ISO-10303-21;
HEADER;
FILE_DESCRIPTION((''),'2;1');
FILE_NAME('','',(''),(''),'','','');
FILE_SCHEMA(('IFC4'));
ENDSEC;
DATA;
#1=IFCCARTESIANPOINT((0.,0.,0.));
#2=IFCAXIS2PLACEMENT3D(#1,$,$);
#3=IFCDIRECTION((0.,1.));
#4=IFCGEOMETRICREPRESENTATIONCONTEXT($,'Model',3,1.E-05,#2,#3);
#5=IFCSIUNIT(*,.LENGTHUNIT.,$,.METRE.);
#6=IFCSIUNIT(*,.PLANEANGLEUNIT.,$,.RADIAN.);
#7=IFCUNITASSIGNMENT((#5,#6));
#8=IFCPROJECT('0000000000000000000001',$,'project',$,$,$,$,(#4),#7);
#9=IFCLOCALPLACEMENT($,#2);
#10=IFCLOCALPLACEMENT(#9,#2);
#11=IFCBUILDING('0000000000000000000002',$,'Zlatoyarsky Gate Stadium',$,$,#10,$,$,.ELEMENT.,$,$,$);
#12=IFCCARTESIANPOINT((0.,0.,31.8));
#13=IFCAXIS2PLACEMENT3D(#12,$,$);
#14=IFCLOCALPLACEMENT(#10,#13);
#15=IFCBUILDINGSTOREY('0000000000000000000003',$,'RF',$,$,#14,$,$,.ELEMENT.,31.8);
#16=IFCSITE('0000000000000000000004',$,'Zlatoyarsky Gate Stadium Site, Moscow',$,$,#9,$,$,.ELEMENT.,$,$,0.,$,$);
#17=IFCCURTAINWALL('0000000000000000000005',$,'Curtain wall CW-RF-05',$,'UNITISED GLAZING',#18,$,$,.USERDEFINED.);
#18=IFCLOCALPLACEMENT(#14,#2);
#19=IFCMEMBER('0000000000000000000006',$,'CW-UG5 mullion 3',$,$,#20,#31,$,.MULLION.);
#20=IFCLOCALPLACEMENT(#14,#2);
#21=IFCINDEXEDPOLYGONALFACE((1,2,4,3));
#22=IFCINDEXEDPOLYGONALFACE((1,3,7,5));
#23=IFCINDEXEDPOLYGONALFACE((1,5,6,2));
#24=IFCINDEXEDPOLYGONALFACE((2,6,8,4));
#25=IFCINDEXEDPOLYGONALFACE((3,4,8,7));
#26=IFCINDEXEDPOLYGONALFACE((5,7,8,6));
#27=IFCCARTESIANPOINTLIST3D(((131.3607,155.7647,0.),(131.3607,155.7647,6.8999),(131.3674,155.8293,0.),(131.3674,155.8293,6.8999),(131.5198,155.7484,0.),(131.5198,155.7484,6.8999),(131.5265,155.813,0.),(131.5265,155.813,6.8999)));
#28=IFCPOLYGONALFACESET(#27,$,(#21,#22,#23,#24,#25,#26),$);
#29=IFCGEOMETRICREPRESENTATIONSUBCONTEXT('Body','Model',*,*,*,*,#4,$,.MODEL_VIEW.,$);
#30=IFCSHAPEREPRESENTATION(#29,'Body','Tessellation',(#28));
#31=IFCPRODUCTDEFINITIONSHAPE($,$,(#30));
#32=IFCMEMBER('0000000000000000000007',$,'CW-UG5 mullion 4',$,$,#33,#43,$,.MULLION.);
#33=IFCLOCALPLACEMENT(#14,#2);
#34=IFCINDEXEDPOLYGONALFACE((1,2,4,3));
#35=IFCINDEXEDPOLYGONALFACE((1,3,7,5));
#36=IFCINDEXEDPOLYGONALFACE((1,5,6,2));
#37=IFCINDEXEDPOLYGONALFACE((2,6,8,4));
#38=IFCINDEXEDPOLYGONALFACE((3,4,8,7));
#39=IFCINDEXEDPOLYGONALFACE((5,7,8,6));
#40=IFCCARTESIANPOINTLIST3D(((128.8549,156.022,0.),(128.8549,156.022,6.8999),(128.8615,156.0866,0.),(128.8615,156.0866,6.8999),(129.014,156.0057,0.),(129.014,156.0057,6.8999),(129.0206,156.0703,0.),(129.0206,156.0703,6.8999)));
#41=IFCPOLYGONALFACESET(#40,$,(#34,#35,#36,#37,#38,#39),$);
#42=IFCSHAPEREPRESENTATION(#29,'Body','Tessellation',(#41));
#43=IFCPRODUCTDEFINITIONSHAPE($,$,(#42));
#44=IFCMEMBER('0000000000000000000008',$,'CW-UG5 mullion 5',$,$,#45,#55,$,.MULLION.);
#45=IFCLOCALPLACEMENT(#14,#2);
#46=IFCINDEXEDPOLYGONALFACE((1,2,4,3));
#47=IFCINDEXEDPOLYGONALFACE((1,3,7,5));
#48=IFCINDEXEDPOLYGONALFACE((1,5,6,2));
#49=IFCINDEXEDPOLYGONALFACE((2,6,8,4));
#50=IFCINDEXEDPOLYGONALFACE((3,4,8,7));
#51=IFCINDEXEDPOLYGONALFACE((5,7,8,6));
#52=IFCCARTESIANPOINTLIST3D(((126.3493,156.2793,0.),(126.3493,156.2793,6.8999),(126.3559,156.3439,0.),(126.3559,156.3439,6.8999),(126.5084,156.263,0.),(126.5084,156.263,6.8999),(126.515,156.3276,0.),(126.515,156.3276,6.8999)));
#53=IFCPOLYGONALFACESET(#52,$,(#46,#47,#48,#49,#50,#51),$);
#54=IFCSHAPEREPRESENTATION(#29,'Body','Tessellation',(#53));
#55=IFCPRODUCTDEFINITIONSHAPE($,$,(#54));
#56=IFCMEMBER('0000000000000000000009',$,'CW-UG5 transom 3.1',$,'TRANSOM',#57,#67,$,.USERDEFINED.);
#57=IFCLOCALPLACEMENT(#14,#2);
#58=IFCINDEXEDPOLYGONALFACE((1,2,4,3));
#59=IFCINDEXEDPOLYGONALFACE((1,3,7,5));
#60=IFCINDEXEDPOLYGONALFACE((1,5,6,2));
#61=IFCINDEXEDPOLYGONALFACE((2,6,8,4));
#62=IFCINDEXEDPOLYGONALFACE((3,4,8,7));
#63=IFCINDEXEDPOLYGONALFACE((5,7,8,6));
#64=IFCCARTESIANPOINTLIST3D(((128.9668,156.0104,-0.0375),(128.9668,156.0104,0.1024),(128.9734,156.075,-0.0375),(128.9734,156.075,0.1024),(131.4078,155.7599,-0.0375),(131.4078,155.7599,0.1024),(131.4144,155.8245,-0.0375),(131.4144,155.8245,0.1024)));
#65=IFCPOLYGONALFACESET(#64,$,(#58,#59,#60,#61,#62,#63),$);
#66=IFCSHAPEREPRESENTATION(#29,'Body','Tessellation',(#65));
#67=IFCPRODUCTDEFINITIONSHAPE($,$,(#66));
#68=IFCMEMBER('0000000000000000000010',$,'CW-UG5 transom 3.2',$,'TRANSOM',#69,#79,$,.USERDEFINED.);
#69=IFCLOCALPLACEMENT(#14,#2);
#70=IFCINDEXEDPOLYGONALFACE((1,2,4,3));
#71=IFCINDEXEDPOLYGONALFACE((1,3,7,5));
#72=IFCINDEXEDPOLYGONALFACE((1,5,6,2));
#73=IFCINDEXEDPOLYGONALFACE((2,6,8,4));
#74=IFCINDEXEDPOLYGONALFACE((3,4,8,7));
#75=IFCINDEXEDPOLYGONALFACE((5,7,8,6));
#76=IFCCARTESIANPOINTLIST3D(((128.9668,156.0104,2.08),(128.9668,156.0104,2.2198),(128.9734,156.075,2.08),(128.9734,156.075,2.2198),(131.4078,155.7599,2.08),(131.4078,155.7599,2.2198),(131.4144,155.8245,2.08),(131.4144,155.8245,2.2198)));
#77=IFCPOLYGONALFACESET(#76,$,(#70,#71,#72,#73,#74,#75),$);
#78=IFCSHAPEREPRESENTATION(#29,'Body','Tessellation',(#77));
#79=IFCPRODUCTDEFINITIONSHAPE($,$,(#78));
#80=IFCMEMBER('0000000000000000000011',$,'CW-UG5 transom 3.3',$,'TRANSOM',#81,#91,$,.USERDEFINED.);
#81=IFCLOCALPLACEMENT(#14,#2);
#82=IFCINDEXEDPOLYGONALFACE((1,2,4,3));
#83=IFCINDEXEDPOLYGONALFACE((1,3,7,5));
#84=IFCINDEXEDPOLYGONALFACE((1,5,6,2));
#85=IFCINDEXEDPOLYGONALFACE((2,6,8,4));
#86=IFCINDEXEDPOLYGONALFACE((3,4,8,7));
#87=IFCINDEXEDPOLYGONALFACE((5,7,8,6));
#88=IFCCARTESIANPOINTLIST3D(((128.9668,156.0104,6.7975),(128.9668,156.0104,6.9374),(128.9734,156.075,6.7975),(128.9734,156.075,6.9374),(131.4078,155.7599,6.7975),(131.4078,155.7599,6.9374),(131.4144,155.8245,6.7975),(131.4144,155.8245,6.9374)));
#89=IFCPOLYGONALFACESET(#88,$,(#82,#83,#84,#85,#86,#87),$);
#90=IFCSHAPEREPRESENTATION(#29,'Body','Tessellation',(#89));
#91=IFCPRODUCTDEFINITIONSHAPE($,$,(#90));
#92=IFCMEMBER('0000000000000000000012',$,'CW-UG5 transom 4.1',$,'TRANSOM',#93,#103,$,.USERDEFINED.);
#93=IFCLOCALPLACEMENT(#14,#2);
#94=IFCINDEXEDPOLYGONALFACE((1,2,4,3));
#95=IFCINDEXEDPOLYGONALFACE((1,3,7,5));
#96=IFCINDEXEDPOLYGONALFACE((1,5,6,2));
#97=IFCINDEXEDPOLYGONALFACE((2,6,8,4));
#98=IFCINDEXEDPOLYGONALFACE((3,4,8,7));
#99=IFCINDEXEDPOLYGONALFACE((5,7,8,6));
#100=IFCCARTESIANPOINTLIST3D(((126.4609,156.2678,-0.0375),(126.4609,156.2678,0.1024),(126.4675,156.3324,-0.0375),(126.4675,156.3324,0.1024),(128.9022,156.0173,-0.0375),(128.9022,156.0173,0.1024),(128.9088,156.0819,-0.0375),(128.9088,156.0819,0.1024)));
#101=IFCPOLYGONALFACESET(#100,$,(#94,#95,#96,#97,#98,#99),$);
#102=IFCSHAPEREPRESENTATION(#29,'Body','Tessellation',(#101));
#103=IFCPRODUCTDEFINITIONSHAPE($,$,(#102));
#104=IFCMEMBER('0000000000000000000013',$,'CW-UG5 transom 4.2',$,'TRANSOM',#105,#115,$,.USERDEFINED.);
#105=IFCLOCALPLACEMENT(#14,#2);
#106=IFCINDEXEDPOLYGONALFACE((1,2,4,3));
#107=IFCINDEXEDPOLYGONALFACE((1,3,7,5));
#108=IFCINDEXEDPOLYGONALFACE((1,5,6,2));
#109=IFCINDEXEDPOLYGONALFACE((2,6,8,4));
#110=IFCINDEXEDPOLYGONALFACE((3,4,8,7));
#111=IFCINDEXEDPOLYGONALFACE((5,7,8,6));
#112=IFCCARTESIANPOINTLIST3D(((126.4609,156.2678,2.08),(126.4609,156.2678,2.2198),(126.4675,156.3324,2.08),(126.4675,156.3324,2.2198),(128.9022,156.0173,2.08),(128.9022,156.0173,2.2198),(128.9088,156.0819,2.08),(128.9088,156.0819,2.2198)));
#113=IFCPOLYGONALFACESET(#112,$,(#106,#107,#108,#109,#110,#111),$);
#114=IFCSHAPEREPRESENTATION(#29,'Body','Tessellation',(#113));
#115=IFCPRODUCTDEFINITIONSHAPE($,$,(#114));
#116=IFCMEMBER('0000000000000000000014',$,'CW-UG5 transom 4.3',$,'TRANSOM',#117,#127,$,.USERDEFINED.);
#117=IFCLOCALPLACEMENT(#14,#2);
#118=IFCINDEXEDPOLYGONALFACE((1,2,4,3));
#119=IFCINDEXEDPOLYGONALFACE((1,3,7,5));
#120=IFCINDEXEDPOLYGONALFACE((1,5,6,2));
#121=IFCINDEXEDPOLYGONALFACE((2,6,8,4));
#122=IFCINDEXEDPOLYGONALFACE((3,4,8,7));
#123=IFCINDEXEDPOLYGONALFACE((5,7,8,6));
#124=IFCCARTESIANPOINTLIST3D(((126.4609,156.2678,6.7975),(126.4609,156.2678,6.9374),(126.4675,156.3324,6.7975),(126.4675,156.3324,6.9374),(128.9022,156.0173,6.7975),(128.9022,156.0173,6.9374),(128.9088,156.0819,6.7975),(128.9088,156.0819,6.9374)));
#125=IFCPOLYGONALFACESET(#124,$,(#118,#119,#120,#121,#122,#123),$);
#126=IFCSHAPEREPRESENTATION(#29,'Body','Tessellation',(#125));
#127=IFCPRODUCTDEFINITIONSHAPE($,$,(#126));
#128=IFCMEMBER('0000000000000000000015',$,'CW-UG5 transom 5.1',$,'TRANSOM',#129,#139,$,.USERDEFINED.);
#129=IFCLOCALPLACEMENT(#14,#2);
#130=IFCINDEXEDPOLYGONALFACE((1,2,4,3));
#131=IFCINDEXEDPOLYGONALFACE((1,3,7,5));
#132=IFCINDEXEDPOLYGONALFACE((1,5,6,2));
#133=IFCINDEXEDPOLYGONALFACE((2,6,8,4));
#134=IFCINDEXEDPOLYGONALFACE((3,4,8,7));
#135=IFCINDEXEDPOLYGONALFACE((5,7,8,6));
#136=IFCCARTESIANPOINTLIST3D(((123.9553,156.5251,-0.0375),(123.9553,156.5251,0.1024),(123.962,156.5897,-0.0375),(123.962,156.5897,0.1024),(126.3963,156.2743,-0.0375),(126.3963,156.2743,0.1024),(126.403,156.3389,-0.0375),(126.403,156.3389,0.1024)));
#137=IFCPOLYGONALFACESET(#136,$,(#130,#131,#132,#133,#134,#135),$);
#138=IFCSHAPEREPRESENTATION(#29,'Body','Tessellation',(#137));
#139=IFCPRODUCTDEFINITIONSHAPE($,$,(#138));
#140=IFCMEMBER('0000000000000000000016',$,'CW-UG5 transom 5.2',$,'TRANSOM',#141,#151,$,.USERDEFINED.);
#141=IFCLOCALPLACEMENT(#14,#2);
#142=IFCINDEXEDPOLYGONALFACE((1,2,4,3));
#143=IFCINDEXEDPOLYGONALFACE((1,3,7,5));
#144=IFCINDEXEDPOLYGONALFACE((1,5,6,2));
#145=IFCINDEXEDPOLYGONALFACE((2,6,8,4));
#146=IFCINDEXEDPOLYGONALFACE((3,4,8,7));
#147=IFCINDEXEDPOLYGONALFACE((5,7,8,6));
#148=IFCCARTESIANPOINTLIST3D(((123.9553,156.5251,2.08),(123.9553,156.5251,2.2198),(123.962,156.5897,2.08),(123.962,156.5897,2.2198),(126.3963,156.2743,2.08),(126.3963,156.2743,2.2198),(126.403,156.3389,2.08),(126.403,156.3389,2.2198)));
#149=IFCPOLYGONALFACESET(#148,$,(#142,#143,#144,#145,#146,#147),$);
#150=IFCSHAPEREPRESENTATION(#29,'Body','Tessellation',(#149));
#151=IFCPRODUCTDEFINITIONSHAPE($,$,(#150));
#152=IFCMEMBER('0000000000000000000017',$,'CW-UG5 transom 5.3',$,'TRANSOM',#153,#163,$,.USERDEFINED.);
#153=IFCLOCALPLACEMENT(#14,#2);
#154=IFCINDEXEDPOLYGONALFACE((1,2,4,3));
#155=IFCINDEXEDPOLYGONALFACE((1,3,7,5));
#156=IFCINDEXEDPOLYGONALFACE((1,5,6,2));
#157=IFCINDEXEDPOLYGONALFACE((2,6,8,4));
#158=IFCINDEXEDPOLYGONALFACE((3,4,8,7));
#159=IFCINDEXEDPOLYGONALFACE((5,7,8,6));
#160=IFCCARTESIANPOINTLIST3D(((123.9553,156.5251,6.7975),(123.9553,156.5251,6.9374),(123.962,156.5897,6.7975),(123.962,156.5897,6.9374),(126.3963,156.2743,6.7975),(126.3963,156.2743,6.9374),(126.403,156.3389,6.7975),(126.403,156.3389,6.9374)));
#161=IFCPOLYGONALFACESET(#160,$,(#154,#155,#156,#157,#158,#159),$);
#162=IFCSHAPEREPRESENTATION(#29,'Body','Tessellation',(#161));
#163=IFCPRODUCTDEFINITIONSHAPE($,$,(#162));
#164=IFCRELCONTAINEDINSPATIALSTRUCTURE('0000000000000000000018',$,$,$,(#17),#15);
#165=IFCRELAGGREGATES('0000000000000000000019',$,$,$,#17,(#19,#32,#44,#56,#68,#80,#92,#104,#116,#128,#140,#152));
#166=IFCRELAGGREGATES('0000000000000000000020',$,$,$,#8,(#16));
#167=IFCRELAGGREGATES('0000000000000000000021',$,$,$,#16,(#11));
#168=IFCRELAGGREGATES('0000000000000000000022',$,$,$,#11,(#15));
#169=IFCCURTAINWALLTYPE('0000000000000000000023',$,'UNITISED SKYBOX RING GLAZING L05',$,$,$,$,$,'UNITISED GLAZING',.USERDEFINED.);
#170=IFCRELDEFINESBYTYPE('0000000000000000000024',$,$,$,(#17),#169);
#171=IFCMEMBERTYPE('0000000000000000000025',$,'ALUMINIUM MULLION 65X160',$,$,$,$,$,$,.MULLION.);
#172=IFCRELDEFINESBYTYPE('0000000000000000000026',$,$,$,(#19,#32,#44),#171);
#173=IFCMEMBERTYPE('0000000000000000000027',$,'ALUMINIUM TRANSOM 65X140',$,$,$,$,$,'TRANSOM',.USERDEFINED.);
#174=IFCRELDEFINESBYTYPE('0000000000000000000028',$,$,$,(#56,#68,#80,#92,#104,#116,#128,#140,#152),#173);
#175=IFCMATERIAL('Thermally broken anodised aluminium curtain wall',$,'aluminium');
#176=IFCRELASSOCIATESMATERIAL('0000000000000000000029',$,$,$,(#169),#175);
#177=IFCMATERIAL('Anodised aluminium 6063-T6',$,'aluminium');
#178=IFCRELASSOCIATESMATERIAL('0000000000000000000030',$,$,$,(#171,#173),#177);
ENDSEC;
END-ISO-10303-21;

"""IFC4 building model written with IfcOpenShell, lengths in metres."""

from ifc_helpers import new_model, si_unit, direction, frame, origin, origin_2d, place, context, subcontext, project, spatial, rectangle, extrude, material, material_profile, profile_set, type_object, element, aggregate, save


model = new_model("IFC4")

# Units and contexts
model_context = context("Model", 3, precision=1e-05, world=origin(), true_north=direction((0.0, 1.0)))
body_context = subcontext(model_context, "Body", "Model", "MODEL_VIEW")
ifc_project = project(units=[si_unit("LENGTHUNIT", "METRE"), si_unit("PLANEANGLEUNIT", "RADIAN")], contexts=[model_context])

# Site, building, storey
site_placement = place(None, origin())
site = spatial("IfcSite", under=ifc_project, at=site_placement, Name="Zlatoyarsky Gate Stadium Site, Moscow", CompositionType="ELEMENT", RefElevation=0.0)
building_placement = place(site_placement, origin())
building = spatial("IfcBuilding", under=site, at=building_placement, Name="Zlatoyarsky Gate Stadium", CompositionType="ELEMENT")
storey_placement = place(building_placement, frame((0.0, 0.0, 31.8)))
storey = spatial("IfcBuildingStorey", under=building, at=storey_placement, Name="RF", CompositionType="ELEMENT", Elevation=31.8)

# Curtain wall, members
ifc_material_1 = material(Name="Thermally broken anodised aluminium curtain wall", Category="aluminium")
curtain_wall_type = type_object("IfcCurtainWallType", Name="UNITISED SKYBOX RING GLAZING L05", ElementType="UNITISED GLAZING", PredefinedType="USERDEFINED", material=ifc_material_1)
curtain_wall_placement = place(storey_placement, origin())
curtain_wall = element("IfcCurtainWall", 1, at=curtain_wall_placement, inside=storey, type_object=curtain_wall_type, Name="Curtain wall CW-RF-05", ObjectType="UNITISED GLAZING", PredefinedType="USERDEFINED")
ifc_material_2 = material(Name="Anodised aluminium 6063-T6", Category="aluminium")
ifc_material_profile_1 = material_profile(ifc_material_2, rectangle(XDim=0.0649, YDim=0.1599, at=origin_2d()), Name="ALU 65X160")
ifc_profile_set_1 = profile_set([ifc_material_profile_1], Name="Anodised aluminium 6063-T6")
member_type_1 = type_object("IfcMemberType", Name="ALUMINIUM MULLION 65X160", PredefinedType="MULLION", material=ifc_profile_set_1)
member_1_placement = place(storey_placement, frame((131.4436, 155.7888, 0.0), z_axis=(0.0, 0.0, 1.0), x_axis=(-0.102125, -0.994772, 0.0)))
member_1 = element("IfcMember", 2, at=member_1_placement, type_object=member_type_1, Name="CW-UG5 mullion 3", PredefinedType="MULLION", context=body_context, shape_type="SweptSolid", body=[
    extrude(rectangle(XDim=0.0649, YDim=0.1599, at=origin_2d()), origin(), (0.0, 0.0, 1.0), 6.8999),
])
member_2_placement = place(storey_placement, frame((128.9377, 156.0461, 0.0), z_axis=(0.0, 0.0, 1.0), x_axis=(-0.102125, -0.994772, 0.0)))
member_2 = element("IfcMember", 3, at=member_2_placement, type_object=member_type_1, Name="CW-UG5 mullion 4", PredefinedType="MULLION", context=body_context, shape_type="SweptSolid", body=[
    extrude(rectangle(XDim=0.0649, YDim=0.1599, at=origin_2d()), origin(), (0.0, 0.0, 1.0), 6.8999),
])
member_3_placement = place(storey_placement, frame((126.4321, 156.3035, 0.0), z_axis=(0.0, 0.0, 1.0), x_axis=(-0.102125, -0.994772, 0.0)))
member_3 = element("IfcMember", 4, at=member_3_placement, type_object=member_type_1, Name="CW-UG5 mullion 5", PredefinedType="MULLION", context=body_context, shape_type="SweptSolid", body=[
    extrude(rectangle(XDim=0.0649, YDim=0.1599, at=origin_2d()), origin(), (0.0, 0.0, 1.0), 6.8999),
])
ifc_material_profile_2 = material_profile(ifc_material_2, rectangle(XDim=0.0649, YDim=0.1399, at=origin_2d()), Name="ALU 65X140")
ifc_profile_set_2 = profile_set([ifc_material_profile_2], Name="Anodised aluminium 6063-T6")
member_type_2 = type_object("IfcMemberType", Name="ALUMINIUM TRANSOM 65X140", ElementType="TRANSOM", PredefinedType="USERDEFINED", material=ifc_profile_set_2)
member_4_placement = place(storey_placement, frame((131.4111, 155.7922, 0.0325), z_axis=(-0.994776, 0.102084, 0.0), x_axis=(-0.102084, -0.994776, 0.0)))
member_4 = element("IfcMember", 5, at=member_4_placement, type_object=member_type_2, Name="CW-UG5 transom 3.1", ObjectType="TRANSOM", PredefinedType="USERDEFINED", context=body_context, shape_type="SweptSolid", body=[
    extrude(rectangle(XDim=0.0649, YDim=0.1399, at=origin_2d()), origin(), (0.0, 0.0, 1.0), 2.4539),
])
member_5_placement = place(storey_placement, frame((131.4111, 155.7922, 2.1499), z_axis=(-0.994776, 0.102084, 0.0), x_axis=(-0.102084, -0.994776, 0.0)))
member_5 = element("IfcMember", 6, at=member_5_placement, type_object=member_type_2, Name="CW-UG5 transom 3.2", ObjectType="TRANSOM", PredefinedType="USERDEFINED", context=body_context, shape_type="SweptSolid", body=[
    extrude(rectangle(XDim=0.0649, YDim=0.1399, at=origin_2d()), origin(), (0.0, 0.0, 1.0), 2.4539),
])
member_6_placement = place(storey_placement, frame((131.4111, 155.7922, 6.8674), z_axis=(-0.994776, 0.102084, 0.0), x_axis=(-0.102084, -0.994776, 0.0)))
member_6 = element("IfcMember", 7, at=member_6_placement, type_object=member_type_2, Name="CW-UG5 transom 3.3", ObjectType="TRANSOM", PredefinedType="USERDEFINED", context=body_context, shape_type="SweptSolid", body=[
    extrude(rectangle(XDim=0.0649, YDim=0.1399, at=origin_2d()), origin(), (0.0, 0.0, 1.0), 2.4539),
])
member_7_placement = place(storey_placement, frame((128.9055, 156.0496, 0.0325), z_axis=(-0.994777, 0.102074, 0.0), x_axis=(-0.102074, -0.994777, 0.0)))
member_7 = element("IfcMember", 8, at=member_7_placement, type_object=member_type_2, Name="CW-UG5 transom 4.1", ObjectType="TRANSOM", PredefinedType="USERDEFINED", context=body_context, shape_type="SweptSolid", body=[
    extrude(rectangle(XDim=0.0649, YDim=0.1399, at=origin_2d()), origin(), (0.0, 0.0, 1.0), 2.4541),
])
member_8_placement = place(storey_placement, frame((128.9055, 156.0496, 2.1499), z_axis=(-0.994777, 0.102074, 0.0), x_axis=(-0.102074, -0.994777, 0.0)))
member_8 = element("IfcMember", 9, at=member_8_placement, type_object=member_type_2, Name="CW-UG5 transom 4.2", ObjectType="TRANSOM", PredefinedType="USERDEFINED", context=body_context, shape_type="SweptSolid", body=[
    extrude(rectangle(XDim=0.0649, YDim=0.1399, at=origin_2d()), origin(), (0.0, 0.0, 1.0), 2.4541),
])
member_9_placement = place(storey_placement, frame((128.9055, 156.0496, 6.8674), z_axis=(-0.994777, 0.102074, 0.0), x_axis=(-0.102074, -0.994777, 0.0)))
member_9 = element("IfcMember", 10, at=member_9_placement, type_object=member_type_2, Name="CW-UG5 transom 4.3", ObjectType="TRANSOM", PredefinedType="USERDEFINED", context=body_context, shape_type="SweptSolid", body=[
    extrude(rectangle(XDim=0.0649, YDim=0.1399, at=origin_2d()), origin(), (0.0, 0.0, 1.0), 2.4541),
])
member_10_placement = place(storey_placement, frame((126.3997, 156.3066, 0.0325), z_axis=(-0.994766, 0.102183, 0.0), x_axis=(-0.102183, -0.994766, 0.0)))
member_10 = element("IfcMember", 11, at=member_10_placement, type_object=member_type_2, Name="CW-UG5 transom 5.1", ObjectType="TRANSOM", PredefinedType="USERDEFINED", context=body_context, shape_type="SweptSolid", body=[
    extrude(rectangle(XDim=0.0649, YDim=0.1399, at=origin_2d()), origin(), (0.0, 0.0, 1.0), 2.4539),
])
member_11_placement = place(storey_placement, frame((126.3997, 156.3066, 2.1499), z_axis=(-0.994766, 0.102183, 0.0), x_axis=(-0.102183, -0.994766, 0.0)))
member_11 = element("IfcMember", 12, at=member_11_placement, type_object=member_type_2, Name="CW-UG5 transom 5.2", ObjectType="TRANSOM", PredefinedType="USERDEFINED", context=body_context, shape_type="SweptSolid", body=[
    extrude(rectangle(XDim=0.0649, YDim=0.1399, at=origin_2d()), origin(), (0.0, 0.0, 1.0), 2.4539),
])
member_12_placement = place(storey_placement, frame((126.3997, 156.3066, 6.8674), z_axis=(-0.994766, 0.102183, 0.0), x_axis=(-0.102183, -0.994766, 0.0)))
member_12 = element("IfcMember", 13, at=member_12_placement, type_object=member_type_2, Name="CW-UG5 transom 5.3", ObjectType="TRANSOM", PredefinedType="USERDEFINED", context=body_context, shape_type="SweptSolid", body=[
    extrude(rectangle(XDim=0.0649, YDim=0.1399, at=origin_2d()), origin(), (0.0, 0.0, 1.0), 2.4539),
])

aggregate(curtain_wall, [member_1, member_2, member_3, member_4, member_5, member_6, member_7, member_8, member_9, member_10, member_11, member_12])

save(model, "model.ifc")
